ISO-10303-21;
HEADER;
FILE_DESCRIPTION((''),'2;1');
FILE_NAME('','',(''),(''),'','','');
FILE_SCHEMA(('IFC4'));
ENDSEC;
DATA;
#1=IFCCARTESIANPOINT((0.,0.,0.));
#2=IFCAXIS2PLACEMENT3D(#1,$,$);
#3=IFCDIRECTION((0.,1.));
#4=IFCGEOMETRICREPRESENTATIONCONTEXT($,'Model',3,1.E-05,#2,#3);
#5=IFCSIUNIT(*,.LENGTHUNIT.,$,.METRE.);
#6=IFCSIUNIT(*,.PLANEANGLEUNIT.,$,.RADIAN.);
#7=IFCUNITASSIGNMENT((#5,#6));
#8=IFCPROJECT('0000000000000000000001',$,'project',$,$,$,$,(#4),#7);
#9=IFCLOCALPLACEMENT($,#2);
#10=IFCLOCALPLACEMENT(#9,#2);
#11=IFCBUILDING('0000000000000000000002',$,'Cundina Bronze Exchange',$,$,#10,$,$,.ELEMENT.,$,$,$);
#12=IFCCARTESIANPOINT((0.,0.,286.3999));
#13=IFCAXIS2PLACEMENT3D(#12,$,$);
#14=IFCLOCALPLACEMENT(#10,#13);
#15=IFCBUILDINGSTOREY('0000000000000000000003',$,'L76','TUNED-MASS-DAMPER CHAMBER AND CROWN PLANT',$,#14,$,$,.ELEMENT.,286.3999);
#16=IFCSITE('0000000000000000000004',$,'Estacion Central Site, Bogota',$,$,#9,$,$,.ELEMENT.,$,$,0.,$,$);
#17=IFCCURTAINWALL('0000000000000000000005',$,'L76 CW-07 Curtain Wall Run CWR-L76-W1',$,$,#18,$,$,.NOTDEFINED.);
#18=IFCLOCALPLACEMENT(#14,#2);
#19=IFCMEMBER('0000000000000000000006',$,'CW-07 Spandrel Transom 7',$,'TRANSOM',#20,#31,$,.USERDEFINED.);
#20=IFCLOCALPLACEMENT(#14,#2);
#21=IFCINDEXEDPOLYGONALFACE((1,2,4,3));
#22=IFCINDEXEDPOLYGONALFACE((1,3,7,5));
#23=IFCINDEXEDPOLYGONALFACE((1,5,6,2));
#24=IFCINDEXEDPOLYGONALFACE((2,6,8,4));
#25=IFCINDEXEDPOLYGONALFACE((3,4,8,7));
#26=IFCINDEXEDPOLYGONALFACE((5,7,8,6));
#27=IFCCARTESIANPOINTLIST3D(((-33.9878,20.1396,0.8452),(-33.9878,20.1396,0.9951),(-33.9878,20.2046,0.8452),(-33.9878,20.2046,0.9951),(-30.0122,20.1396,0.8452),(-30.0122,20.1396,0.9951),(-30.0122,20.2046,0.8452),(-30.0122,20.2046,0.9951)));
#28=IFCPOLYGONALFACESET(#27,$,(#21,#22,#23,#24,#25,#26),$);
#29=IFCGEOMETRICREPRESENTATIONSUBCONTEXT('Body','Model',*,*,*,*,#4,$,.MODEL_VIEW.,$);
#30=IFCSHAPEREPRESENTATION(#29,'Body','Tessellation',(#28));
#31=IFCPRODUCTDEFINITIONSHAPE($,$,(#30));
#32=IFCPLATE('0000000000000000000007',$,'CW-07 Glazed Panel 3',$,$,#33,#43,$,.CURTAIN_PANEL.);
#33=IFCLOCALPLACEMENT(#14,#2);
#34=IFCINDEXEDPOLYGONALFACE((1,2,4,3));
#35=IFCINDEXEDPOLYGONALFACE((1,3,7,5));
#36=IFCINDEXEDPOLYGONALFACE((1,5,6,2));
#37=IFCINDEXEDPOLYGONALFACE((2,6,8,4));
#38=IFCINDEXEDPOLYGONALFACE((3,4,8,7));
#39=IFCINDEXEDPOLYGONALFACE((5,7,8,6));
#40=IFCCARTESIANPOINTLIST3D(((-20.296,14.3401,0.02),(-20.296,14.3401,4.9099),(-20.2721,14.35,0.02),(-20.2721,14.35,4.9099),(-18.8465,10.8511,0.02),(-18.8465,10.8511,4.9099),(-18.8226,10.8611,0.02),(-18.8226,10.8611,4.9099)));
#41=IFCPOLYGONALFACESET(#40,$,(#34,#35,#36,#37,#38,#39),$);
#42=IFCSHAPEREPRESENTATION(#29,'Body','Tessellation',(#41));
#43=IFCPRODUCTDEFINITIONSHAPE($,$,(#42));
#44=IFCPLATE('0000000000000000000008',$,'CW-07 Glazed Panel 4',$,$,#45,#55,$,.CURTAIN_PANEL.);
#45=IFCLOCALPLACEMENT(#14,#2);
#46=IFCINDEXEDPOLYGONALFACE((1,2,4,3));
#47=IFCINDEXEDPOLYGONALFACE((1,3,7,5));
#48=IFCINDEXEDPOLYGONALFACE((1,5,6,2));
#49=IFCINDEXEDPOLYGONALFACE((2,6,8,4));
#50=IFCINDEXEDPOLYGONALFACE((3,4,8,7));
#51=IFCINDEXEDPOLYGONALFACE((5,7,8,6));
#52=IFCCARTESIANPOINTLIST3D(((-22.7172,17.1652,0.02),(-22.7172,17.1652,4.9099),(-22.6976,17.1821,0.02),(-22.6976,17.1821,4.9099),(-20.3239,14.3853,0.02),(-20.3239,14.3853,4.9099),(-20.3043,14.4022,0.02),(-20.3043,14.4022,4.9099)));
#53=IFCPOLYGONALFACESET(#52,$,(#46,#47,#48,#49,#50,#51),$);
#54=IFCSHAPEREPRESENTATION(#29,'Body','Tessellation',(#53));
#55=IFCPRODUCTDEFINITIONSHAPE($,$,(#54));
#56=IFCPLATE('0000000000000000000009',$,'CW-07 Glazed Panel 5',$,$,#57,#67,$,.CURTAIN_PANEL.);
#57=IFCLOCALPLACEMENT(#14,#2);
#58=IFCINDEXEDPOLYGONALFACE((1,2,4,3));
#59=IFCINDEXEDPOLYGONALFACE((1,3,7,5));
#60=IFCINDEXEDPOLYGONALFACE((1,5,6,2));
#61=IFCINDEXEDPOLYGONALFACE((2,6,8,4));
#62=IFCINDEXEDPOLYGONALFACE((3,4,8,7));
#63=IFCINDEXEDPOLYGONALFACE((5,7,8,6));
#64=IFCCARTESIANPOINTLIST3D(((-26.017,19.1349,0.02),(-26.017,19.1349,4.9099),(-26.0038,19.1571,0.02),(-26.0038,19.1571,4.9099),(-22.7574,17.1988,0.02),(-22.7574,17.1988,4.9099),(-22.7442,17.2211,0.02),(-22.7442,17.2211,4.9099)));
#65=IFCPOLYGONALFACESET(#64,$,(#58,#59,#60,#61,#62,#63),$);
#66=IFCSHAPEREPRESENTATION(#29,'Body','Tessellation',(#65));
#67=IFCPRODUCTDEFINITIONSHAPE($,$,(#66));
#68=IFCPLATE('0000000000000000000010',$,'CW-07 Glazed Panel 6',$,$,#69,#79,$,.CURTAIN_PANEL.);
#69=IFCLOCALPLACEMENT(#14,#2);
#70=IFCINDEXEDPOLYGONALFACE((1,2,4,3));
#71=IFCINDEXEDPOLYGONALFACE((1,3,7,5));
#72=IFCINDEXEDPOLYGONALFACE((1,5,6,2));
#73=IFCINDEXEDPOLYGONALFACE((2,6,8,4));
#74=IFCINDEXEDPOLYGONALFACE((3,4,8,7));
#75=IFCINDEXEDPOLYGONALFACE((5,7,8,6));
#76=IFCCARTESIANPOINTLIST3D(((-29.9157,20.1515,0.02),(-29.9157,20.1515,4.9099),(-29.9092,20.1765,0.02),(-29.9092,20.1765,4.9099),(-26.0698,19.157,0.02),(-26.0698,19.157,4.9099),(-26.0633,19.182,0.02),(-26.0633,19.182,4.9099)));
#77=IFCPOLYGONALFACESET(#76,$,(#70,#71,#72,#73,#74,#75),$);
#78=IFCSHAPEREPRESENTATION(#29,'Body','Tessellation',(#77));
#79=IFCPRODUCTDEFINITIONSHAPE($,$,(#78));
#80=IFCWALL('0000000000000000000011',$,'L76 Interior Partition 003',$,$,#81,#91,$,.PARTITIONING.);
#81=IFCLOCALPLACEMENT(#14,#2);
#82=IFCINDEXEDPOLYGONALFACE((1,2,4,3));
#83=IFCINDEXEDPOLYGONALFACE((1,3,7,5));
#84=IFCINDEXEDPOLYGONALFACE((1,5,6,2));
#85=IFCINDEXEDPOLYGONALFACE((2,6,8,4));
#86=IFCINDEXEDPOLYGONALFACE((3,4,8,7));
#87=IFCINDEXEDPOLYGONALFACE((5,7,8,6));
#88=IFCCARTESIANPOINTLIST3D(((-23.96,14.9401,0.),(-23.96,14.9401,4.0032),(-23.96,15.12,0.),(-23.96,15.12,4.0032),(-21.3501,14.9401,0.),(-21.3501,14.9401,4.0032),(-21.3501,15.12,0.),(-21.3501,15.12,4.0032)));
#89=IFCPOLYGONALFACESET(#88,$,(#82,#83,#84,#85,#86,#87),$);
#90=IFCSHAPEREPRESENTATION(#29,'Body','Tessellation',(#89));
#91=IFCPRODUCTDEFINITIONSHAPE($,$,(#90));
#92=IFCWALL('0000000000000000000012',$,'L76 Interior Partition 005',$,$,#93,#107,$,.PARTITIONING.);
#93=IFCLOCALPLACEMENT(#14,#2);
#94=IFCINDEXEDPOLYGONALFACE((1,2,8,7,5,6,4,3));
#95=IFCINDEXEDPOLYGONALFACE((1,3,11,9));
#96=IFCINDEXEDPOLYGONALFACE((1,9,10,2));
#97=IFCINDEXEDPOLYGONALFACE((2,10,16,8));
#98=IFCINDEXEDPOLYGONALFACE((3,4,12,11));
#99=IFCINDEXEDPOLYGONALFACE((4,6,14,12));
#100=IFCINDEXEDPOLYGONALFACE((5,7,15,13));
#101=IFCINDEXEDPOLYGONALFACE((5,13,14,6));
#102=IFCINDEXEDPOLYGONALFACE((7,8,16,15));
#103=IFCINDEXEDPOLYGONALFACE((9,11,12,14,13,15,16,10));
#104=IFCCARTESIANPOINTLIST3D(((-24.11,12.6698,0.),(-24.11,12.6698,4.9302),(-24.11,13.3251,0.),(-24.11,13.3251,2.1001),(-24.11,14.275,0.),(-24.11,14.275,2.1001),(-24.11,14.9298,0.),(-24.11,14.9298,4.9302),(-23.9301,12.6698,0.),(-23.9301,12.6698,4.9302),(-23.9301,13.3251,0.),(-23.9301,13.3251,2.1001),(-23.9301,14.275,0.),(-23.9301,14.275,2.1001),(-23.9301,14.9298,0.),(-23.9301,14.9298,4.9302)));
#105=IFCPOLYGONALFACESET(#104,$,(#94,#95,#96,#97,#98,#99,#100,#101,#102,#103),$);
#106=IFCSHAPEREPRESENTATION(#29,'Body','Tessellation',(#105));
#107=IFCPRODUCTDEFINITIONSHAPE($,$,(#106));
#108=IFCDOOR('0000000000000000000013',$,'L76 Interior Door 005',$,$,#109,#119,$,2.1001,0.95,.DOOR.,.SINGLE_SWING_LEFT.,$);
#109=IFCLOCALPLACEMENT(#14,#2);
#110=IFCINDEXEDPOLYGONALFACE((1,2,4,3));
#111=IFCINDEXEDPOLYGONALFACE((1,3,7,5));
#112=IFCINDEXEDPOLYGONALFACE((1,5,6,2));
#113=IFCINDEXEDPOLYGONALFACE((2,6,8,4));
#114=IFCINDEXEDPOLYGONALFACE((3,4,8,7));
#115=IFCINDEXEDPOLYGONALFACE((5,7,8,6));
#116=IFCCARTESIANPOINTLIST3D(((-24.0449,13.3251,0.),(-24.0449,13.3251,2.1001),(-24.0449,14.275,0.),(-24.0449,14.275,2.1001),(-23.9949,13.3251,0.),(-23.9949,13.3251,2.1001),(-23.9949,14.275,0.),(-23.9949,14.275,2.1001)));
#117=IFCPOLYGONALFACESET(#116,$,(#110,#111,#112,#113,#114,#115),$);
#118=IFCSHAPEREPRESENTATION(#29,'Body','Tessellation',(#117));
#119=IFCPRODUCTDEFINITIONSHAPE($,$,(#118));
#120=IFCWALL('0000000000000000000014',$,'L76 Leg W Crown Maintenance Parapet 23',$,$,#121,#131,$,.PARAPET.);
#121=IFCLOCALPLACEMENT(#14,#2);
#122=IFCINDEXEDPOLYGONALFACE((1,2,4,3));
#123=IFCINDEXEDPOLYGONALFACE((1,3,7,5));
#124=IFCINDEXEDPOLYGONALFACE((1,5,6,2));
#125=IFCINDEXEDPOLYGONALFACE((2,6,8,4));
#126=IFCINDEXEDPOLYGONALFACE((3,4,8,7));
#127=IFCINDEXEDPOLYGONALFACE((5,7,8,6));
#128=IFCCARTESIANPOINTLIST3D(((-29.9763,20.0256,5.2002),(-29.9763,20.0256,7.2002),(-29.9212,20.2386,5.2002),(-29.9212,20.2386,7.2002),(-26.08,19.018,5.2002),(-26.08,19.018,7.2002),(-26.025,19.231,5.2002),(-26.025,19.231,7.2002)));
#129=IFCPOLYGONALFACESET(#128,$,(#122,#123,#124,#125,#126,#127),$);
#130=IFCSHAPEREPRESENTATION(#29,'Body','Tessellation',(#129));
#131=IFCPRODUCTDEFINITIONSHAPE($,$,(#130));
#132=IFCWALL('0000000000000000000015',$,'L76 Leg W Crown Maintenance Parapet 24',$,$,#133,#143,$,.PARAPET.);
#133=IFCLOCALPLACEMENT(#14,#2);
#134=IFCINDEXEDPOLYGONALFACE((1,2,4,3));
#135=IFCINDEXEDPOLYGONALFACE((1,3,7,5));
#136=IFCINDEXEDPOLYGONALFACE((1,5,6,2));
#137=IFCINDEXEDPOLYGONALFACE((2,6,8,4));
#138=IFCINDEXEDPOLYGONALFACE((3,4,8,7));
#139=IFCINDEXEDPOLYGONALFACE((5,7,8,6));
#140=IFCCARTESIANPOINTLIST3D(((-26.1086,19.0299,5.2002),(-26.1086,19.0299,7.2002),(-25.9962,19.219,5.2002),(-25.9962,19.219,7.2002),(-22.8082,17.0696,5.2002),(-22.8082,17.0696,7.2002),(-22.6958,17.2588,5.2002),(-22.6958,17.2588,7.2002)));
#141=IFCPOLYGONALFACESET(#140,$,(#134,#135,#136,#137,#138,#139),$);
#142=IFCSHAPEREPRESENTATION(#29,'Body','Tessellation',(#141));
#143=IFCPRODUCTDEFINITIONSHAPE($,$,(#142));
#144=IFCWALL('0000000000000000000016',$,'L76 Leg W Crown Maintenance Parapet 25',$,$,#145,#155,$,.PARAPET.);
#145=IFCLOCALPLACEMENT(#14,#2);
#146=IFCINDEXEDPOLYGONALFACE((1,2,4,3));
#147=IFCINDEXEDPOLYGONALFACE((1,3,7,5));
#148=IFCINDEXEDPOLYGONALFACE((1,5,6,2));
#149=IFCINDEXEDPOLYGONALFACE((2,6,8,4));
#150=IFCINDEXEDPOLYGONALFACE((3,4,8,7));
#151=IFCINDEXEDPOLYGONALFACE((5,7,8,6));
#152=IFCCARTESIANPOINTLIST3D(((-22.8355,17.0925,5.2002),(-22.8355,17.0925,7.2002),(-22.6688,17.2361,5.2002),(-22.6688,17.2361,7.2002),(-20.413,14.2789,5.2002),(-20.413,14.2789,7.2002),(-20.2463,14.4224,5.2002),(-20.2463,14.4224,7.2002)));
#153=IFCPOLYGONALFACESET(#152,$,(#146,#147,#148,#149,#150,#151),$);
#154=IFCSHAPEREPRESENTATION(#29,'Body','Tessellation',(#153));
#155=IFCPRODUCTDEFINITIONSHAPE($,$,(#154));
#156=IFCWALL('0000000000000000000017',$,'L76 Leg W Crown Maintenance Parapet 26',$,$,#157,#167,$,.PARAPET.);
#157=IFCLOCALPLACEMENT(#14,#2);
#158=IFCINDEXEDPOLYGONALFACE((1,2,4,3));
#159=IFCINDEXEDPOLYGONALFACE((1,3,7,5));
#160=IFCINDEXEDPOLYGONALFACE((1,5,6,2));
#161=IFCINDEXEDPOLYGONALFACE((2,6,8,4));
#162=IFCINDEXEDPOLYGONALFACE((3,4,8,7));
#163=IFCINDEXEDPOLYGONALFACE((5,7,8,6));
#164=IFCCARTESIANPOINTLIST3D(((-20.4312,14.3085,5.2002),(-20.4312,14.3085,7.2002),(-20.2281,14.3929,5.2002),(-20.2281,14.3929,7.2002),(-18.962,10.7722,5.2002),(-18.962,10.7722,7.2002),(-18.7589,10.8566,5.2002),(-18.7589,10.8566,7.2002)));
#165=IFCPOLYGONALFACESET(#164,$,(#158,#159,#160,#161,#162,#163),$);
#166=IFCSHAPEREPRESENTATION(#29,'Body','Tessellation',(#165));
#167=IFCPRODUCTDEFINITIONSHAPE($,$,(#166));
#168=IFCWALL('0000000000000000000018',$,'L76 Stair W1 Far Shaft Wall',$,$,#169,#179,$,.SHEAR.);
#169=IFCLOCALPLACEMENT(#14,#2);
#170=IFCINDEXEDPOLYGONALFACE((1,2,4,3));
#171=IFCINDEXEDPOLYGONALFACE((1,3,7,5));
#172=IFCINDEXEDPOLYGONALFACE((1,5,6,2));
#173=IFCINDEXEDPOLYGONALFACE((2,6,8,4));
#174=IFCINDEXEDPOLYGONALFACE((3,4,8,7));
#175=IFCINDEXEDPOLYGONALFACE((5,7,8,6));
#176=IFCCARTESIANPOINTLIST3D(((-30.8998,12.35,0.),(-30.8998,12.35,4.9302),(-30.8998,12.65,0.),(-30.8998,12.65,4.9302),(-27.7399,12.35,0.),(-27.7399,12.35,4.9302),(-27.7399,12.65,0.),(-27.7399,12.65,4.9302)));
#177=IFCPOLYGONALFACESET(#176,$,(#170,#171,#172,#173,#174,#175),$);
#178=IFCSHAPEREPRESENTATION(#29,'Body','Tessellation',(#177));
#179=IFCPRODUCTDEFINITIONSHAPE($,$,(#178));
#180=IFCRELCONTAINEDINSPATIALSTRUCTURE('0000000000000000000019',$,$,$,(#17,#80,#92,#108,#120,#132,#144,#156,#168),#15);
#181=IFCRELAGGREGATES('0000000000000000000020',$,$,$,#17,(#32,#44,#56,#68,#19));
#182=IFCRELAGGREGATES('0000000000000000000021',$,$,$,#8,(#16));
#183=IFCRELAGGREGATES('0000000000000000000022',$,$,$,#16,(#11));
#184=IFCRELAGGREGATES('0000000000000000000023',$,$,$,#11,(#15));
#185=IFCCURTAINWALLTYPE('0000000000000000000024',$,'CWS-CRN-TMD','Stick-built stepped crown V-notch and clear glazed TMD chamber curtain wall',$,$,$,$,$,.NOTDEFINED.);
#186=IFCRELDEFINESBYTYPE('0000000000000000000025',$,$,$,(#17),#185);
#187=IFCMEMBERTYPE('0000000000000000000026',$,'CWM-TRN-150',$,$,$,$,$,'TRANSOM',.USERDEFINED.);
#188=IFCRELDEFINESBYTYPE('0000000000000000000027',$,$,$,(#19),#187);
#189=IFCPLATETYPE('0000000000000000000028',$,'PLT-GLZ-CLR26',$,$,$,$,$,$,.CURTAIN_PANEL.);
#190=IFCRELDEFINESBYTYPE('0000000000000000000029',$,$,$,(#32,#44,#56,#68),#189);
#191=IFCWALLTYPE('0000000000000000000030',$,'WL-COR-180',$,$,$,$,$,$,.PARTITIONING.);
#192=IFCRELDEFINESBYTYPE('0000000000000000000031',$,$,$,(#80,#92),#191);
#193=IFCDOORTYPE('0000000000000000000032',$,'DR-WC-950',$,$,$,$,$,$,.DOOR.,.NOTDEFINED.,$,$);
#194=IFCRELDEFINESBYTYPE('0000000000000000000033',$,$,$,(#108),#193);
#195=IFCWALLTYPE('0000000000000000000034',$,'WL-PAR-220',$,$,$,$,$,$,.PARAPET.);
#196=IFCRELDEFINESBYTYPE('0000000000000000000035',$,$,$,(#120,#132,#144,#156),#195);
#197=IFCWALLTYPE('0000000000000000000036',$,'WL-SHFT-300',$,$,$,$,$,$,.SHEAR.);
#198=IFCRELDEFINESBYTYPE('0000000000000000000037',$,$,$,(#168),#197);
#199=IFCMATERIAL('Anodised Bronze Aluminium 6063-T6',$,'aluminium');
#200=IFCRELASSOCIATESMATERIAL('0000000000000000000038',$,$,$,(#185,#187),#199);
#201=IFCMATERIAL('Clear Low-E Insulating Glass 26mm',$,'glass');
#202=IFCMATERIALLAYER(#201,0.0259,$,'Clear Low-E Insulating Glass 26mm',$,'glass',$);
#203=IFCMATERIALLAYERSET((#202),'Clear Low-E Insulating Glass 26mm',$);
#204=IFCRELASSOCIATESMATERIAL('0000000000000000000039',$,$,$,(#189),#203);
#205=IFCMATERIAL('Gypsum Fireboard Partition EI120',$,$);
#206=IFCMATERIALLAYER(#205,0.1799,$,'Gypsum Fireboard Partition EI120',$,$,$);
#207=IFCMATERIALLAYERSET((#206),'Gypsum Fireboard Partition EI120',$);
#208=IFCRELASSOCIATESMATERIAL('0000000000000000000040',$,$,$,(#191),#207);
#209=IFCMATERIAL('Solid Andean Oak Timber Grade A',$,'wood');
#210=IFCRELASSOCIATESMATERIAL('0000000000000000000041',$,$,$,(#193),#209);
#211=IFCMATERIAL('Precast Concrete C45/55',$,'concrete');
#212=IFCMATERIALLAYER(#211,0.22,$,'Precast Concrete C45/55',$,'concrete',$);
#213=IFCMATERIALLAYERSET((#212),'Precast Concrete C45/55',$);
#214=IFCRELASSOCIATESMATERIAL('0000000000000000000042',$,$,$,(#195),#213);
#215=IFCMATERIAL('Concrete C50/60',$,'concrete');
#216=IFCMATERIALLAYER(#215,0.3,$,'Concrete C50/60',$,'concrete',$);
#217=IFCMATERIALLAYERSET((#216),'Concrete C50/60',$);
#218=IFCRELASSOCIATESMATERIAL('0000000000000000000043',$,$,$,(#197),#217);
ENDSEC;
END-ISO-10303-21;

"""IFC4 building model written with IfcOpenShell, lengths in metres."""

from ifc_helpers import new_model, si_unit, direction, frame, frame_2d, origin, origin_2d, place, context, subcontext, project, spatial, rectangle, extrude, material, layer, layer_set, material_profile, profile_set, type_object, element, fill, aggregate, save


model = new_model("IFC4")

# Units and contexts
model_context = context("Model", 3, precision=1e-05, world=origin(), true_north=direction((0.0, 1.0)))
body_context = subcontext(model_context, "Body", "Model", "MODEL_VIEW")
ifc_project = project(units=[si_unit("LENGTHUNIT", "METRE"), si_unit("PLANEANGLEUNIT", "RADIAN")], contexts=[model_context])

# Site, building, storey
site_placement = place(None, origin())
site = spatial("IfcSite", under=ifc_project, at=site_placement, Name="Estacion Central Site, Bogota", CompositionType="ELEMENT", RefElevation=0.0)
building_placement = place(site_placement, origin())
building = spatial("IfcBuilding", under=site, at=building_placement, Name="Cundina Bronze Exchange", CompositionType="ELEMENT")
storey_placement = place(building_placement, frame((0.0, 0.0, 286.3999)))
storey = spatial("IfcBuildingStorey", under=building, at=storey_placement, Name="L76", Description="TUNED-MASS-DAMPER CHAMBER AND CROWN PLANT", CompositionType="ELEMENT", Elevation=286.3999)

# Curtain wall, member, plates
ifc_material_1 = material(Name="Anodised Bronze Aluminium 6063-T6", Category="aluminium")
curtain_wall_type = type_object("IfcCurtainWallType", Name="CWS-CRN-TMD", Description="Stick-built stepped crown V-notch and clear glazed TMD chamber curtain wall", PredefinedType="NOTDEFINED", material=ifc_material_1)
curtain_wall_placement = place(storey_placement, origin())
curtain_wall = element("IfcCurtainWall", 1, at=curtain_wall_placement, inside=storey, type_object=curtain_wall_type, Name="L76 CW-07 Curtain Wall Run CWR-L76-W1", PredefinedType="NOTDEFINED")
ifc_material_profile_1 = material_profile(ifc_material_1, rectangle(XDim=0.0649, YDim=0.1499, at=origin_2d()), Name="AL65X150", Category="aluminium")
ifc_profile_set_1 = profile_set([ifc_material_profile_1], Name="Anodised Bronze Aluminium 6063-T6")
member_type_1 = type_object("IfcMemberType", Name="CWM-TRN-150", ElementType="TRANSOM", PredefinedType="USERDEFINED", material=ifc_profile_set_1)
member_1_placement = place(storey_placement, frame((-30.0122, 20.1721, 0.9202), z_axis=(-1.0, 0.0, 0.0), x_axis=(0.0, -1.0, 0.0)))
member_1 = element("IfcMember", 2, at=member_1_placement, type_object=member_type_1, Name="CW-07 Spandrel Transom 7", ObjectType="TRANSOM", PredefinedType="USERDEFINED", context=body_context, shape_type="SweptSolid", body=[
    extrude(rectangle(XDim=0.0649, YDim=0.1499, at=origin_2d()), origin(), (0.0, 0.0, 1.0), 3.9756),
])
ifc_material_2 = material(Name="Clear Low-E Insulating Glass 26mm", Category="glass")
ifc_layer_1 = layer(ifc_material_2, 0.0259, Name="Clear Low-E Insulating Glass 26mm", Category="glass")
ifc_layer_set_1 = layer_set([ifc_layer_1], Name="Clear Low-E Insulating Glass 26mm")
plate_type = type_object("IfcPlateType", Name="PLT-GLZ-CLR26", PredefinedType="CURTAIN_PANEL", material=ifc_layer_set_1)
plate_1_placement = place(storey_placement, frame((-19.5593, 12.6006, 0.02), z_axis=(0.0, 0.0, 1.0), x_axis=(-0.383667, 0.923472, 0.0)))
plate_1 = element("IfcPlate", 3, at=plate_1_placement, type_object=plate_type, Name="CW-07 Glazed Panel 3", PredefinedType="CURTAIN_PANEL", context=body_context, shape_type="SweptSolid", body=[
    extrude(rectangle(XDim=3.7781, YDim=0.0259, at=origin_2d()), origin(), (0.0, 0.0, 1.0), 4.8899),
])
plate_2_placement = place(storey_placement, frame((-21.5107, 15.7837, 0.02), z_axis=(0.0, 0.0, 1.0), x_axis=(-0.652456, 0.757827, 0.0)))
plate_2 = element("IfcPlate", 4, at=plate_2_placement, type_object=plate_type, Name="CW-07 Glazed Panel 4", PredefinedType="CURTAIN_PANEL", context=body_context, shape_type="SweptSolid", body=[
    extrude(rectangle(XDim=3.6682, YDim=0.0259, at=origin_2d()), origin(), (0.0, 0.0, 1.0), 4.8899),
])
plate_3_placement = place(storey_placement, frame((-24.3806, 18.178, 0.02), z_axis=(0.0, 0.0, 1.0), x_axis=(-0.859781, 0.510663, 0.0)))
plate_3 = element("IfcPlate", 5, at=plate_3_placement, type_object=plate_type, Name="CW-07 Glazed Panel 5", PredefinedType="CURTAIN_PANEL", context=body_context, shape_type="SweptSolid", body=[
    extrude(rectangle(XDim=3.7913, YDim=0.0259, at=origin_2d()), origin(), (0.0, 0.0, 1.0), 4.8899),
])
plate_4_placement = place(storey_placement, frame((-27.9895, 19.6667, 0.02), z_axis=(0.0, 0.0, 1.0), x_axis=(-0.968156, 0.250346, 0.0)))
plate_4 = element("IfcPlate", 6, at=plate_4_placement, type_object=plate_type, Name="CW-07 Glazed Panel 6", PredefinedType="CURTAIN_PANEL", context=body_context, shape_type="SweptSolid", body=[
    extrude(rectangle(XDim=3.9724, YDim=0.0259, at=origin_2d()), origin(), (0.0, 0.0, 1.0), 4.8899),
])
aggregate(curtain_wall, [plate_1, plate_2, plate_3, plate_4, member_1])

# Wall
ifc_material_3 = material(Name="Gypsum Fireboard Partition EI120")
ifc_layer_2 = layer(ifc_material_3, 0.1799, Name="Gypsum Fireboard Partition EI120")
ifc_layer_set_2 = layer_set([ifc_layer_2], Name="Gypsum Fireboard Partition EI120")
wall_type_1 = type_object("IfcWallType", Name="WL-COR-180", PredefinedType="PARTITIONING", material=ifc_layer_set_2)
wall_1_placement = place(storey_placement, frame((-23.96, 15.03, 0.0), z_axis=(0.0, 0.0, 1.0), x_axis=(1.0, 0.0, 0.0)))
element("IfcWall", 7, at=wall_1_placement, inside=storey, type_object=wall_type_1, Name="L76 Interior Partition 003", PredefinedType="PARTITIONING", context=body_context, shape_type="SweptSolid", body=[
    extrude(rectangle(XDim=2.6099, YDim=0.1799, at=frame_2d((1.3049, 0.0))), origin(), (0.0, 0.0, 1.0), 4.0032),
])

# Wall, opening, door
wall_2_placement = place(storey_placement, frame((-24.02, 12.6699, 0.0), z_axis=(0.0, 0.0, 1.0), x_axis=(0.0, 1.0, 0.0)))
wall_2 = element("IfcWall", 8, at=wall_2_placement, inside=storey, type_object=wall_type_1, Name="L76 Interior Partition 005", PredefinedType="PARTITIONING", context=body_context, shape_type="SweptSolid", body=[
    extrude(rectangle(XDim=2.26, YDim=0.1799, at=frame_2d((1.1299, 0.0))), origin(), (0.0, 0.0, 1.0), 4.9302),
])
opening_1_placement = place(wall_2_placement, frame((0.655, 0.0, 0.0)))
opening_1 = element("IfcOpeningElement", 9, at=opening_1_placement, cuts=wall_2, PredefinedType="OPENING", context=body_context, shape_type="SweptSolid", body=[
    extrude(rectangle(XDim=0.95, YDim=2.1001, at=frame_2d((0.4751, 1.05))), frame((0.0, 0.0999, 0.0), z_axis=(0.0, -1.0, 0.0), x_axis=(1.0, 0.0, 0.0)), (0.0, 0.0, 1.0), 0.2),
])
ifc_material_4 = material(Name="Solid Andean Oak Timber Grade A", Category="wood")
door_type_1 = type_object("IfcDoorType", Name="DR-WC-950", OperationType="NOTDEFINED", PredefinedType="DOOR", material=ifc_material_4)
door_1_placement = place(opening_1_placement, origin())
door_1 = element("IfcDoor", 10, at=door_1_placement, inside=storey, type_object=door_type_1, Name="L76 Interior Door 005", OperationType="SINGLE_SWING_LEFT", OverallHeight=2.1001, OverallWidth=0.95, PredefinedType="DOOR", context=body_context, shape_type="SweptSolid", body=[
    extrude(rectangle(XDim=0.95, YDim=2.1001, at=frame_2d((0.4751, 1.05))), frame((0.0, 0.0249, 0.0), z_axis=(0.0, -1.0, 0.0), x_axis=(1.0, 0.0, 0.0)), (0.0, 0.0, 1.0), 0.05),
])
fill(opening_1, door_1)

# Walls
ifc_material_5 = material(Name="Precast Concrete C45/55", Category="concrete")
ifc_layer_3 = layer(ifc_material_5, 0.22, Name="Precast Concrete C45/55", Category="concrete")
ifc_layer_set_3 = layer_set([ifc_layer_3], Name="Precast Concrete C45/55")
wall_type_2 = type_object("IfcWallType", Name="WL-PAR-220", PredefinedType="PARAPET", material=ifc_layer_set_3)
wall_3_placement = place(storey_placement, frame((-29.9487, 20.1321, 5.2002), z_axis=(0.0, 0.0, 1.0), x_axis=(0.968152, -0.250364, 0.0)))
element("IfcWall", 11, at=wall_3_placement, inside=storey, type_object=wall_type_2, Name="L76 Leg W Crown Maintenance Parapet 23", PredefinedType="PARAPET", context=body_context, shape_type="SweptSolid", body=[
    extrude(rectangle(XDim=4.0244, YDim=0.22, at=frame_2d((2.0122, 0.0))), origin(), (0.0, 0.0, 1.0), 2.0),
])
wall_4_placement = place(storey_placement, frame((-26.0525, 19.1245, 5.2002), z_axis=(0.0, 0.0, 1.0), x_axis=(0.85978, -0.510665, 0.0)))
element("IfcWall", 12, at=wall_4_placement, inside=storey, type_object=wall_type_2, Name="L76 Leg W Crown Maintenance Parapet 24", PredefinedType="PARAPET", context=body_context, shape_type="SweptSolid", body=[
    extrude(rectangle(XDim=3.8386, YDim=0.22, at=frame_2d((1.9194, 0.0))), origin(), (0.0, 0.0, 1.0), 2.0),
])
wall_5_placement = place(storey_placement, frame((-22.7522, 17.1643, 5.2002), z_axis=(0.0, 0.0, 1.0), x_axis=(0.652474, -0.757811, 0.0)))
element("IfcWall", 13, at=wall_5_placement, inside=storey, type_object=wall_type_2, Name="L76 Leg W Crown Maintenance Parapet 25", PredefinedType="PARAPET", context=body_context, shape_type="SweptSolid", body=[
    extrude(rectangle(XDim=3.7129, YDim=0.22, at=frame_2d((1.8564, 0.0))), origin(), (0.0, 0.0, 1.0), 2.0),
])
wall_6_placement = place(storey_placement, frame((-20.3296, 14.3506, 5.2002), z_axis=(0.0, 0.0, 1.0), x_axis=(0.383669, -0.923471, 0.0)))
element("IfcWall", 14, at=wall_6_placement, inside=storey, type_object=wall_type_2, Name="L76 Leg W Crown Maintenance Parapet 26", PredefinedType="PARAPET", context=body_context, shape_type="SweptSolid", body=[
    extrude(rectangle(XDim=3.8293, YDim=0.22, at=frame_2d((1.9146, 0.0))), origin(), (0.0, 0.0, 1.0), 2.0),
])
ifc_material_6 = material(Name="Concrete C50/60", Category="concrete")
ifc_layer_4 = layer(ifc_material_6, 0.3, Name="Concrete C50/60", Category="concrete")
ifc_layer_set_4 = layer_set([ifc_layer_4], Name="Concrete C50/60")
wall_type_3 = type_object("IfcWallType", Name="WL-SHFT-300", PredefinedType="SHEAR", material=ifc_layer_set_4)
wall_7_placement = place(storey_placement, frame((-30.8999, 12.5, 0.0), z_axis=(0.0, 0.0, 1.0), x_axis=(1.0, 0.0, 0.0)))
element("IfcWall", 15, at=wall_7_placement, inside=storey, type_object=wall_type_3, Name="L76 Stair W1 Far Shaft Wall", PredefinedType="SHEAR", context=body_context, shape_type="SweptSolid", body=[
    extrude(rectangle(XDim=3.1599, YDim=0.3, at=frame_2d((1.5801, 0.0))), origin(), (0.0, 0.0, 1.0), 4.9302),
])

save(model, "model.ifc")
